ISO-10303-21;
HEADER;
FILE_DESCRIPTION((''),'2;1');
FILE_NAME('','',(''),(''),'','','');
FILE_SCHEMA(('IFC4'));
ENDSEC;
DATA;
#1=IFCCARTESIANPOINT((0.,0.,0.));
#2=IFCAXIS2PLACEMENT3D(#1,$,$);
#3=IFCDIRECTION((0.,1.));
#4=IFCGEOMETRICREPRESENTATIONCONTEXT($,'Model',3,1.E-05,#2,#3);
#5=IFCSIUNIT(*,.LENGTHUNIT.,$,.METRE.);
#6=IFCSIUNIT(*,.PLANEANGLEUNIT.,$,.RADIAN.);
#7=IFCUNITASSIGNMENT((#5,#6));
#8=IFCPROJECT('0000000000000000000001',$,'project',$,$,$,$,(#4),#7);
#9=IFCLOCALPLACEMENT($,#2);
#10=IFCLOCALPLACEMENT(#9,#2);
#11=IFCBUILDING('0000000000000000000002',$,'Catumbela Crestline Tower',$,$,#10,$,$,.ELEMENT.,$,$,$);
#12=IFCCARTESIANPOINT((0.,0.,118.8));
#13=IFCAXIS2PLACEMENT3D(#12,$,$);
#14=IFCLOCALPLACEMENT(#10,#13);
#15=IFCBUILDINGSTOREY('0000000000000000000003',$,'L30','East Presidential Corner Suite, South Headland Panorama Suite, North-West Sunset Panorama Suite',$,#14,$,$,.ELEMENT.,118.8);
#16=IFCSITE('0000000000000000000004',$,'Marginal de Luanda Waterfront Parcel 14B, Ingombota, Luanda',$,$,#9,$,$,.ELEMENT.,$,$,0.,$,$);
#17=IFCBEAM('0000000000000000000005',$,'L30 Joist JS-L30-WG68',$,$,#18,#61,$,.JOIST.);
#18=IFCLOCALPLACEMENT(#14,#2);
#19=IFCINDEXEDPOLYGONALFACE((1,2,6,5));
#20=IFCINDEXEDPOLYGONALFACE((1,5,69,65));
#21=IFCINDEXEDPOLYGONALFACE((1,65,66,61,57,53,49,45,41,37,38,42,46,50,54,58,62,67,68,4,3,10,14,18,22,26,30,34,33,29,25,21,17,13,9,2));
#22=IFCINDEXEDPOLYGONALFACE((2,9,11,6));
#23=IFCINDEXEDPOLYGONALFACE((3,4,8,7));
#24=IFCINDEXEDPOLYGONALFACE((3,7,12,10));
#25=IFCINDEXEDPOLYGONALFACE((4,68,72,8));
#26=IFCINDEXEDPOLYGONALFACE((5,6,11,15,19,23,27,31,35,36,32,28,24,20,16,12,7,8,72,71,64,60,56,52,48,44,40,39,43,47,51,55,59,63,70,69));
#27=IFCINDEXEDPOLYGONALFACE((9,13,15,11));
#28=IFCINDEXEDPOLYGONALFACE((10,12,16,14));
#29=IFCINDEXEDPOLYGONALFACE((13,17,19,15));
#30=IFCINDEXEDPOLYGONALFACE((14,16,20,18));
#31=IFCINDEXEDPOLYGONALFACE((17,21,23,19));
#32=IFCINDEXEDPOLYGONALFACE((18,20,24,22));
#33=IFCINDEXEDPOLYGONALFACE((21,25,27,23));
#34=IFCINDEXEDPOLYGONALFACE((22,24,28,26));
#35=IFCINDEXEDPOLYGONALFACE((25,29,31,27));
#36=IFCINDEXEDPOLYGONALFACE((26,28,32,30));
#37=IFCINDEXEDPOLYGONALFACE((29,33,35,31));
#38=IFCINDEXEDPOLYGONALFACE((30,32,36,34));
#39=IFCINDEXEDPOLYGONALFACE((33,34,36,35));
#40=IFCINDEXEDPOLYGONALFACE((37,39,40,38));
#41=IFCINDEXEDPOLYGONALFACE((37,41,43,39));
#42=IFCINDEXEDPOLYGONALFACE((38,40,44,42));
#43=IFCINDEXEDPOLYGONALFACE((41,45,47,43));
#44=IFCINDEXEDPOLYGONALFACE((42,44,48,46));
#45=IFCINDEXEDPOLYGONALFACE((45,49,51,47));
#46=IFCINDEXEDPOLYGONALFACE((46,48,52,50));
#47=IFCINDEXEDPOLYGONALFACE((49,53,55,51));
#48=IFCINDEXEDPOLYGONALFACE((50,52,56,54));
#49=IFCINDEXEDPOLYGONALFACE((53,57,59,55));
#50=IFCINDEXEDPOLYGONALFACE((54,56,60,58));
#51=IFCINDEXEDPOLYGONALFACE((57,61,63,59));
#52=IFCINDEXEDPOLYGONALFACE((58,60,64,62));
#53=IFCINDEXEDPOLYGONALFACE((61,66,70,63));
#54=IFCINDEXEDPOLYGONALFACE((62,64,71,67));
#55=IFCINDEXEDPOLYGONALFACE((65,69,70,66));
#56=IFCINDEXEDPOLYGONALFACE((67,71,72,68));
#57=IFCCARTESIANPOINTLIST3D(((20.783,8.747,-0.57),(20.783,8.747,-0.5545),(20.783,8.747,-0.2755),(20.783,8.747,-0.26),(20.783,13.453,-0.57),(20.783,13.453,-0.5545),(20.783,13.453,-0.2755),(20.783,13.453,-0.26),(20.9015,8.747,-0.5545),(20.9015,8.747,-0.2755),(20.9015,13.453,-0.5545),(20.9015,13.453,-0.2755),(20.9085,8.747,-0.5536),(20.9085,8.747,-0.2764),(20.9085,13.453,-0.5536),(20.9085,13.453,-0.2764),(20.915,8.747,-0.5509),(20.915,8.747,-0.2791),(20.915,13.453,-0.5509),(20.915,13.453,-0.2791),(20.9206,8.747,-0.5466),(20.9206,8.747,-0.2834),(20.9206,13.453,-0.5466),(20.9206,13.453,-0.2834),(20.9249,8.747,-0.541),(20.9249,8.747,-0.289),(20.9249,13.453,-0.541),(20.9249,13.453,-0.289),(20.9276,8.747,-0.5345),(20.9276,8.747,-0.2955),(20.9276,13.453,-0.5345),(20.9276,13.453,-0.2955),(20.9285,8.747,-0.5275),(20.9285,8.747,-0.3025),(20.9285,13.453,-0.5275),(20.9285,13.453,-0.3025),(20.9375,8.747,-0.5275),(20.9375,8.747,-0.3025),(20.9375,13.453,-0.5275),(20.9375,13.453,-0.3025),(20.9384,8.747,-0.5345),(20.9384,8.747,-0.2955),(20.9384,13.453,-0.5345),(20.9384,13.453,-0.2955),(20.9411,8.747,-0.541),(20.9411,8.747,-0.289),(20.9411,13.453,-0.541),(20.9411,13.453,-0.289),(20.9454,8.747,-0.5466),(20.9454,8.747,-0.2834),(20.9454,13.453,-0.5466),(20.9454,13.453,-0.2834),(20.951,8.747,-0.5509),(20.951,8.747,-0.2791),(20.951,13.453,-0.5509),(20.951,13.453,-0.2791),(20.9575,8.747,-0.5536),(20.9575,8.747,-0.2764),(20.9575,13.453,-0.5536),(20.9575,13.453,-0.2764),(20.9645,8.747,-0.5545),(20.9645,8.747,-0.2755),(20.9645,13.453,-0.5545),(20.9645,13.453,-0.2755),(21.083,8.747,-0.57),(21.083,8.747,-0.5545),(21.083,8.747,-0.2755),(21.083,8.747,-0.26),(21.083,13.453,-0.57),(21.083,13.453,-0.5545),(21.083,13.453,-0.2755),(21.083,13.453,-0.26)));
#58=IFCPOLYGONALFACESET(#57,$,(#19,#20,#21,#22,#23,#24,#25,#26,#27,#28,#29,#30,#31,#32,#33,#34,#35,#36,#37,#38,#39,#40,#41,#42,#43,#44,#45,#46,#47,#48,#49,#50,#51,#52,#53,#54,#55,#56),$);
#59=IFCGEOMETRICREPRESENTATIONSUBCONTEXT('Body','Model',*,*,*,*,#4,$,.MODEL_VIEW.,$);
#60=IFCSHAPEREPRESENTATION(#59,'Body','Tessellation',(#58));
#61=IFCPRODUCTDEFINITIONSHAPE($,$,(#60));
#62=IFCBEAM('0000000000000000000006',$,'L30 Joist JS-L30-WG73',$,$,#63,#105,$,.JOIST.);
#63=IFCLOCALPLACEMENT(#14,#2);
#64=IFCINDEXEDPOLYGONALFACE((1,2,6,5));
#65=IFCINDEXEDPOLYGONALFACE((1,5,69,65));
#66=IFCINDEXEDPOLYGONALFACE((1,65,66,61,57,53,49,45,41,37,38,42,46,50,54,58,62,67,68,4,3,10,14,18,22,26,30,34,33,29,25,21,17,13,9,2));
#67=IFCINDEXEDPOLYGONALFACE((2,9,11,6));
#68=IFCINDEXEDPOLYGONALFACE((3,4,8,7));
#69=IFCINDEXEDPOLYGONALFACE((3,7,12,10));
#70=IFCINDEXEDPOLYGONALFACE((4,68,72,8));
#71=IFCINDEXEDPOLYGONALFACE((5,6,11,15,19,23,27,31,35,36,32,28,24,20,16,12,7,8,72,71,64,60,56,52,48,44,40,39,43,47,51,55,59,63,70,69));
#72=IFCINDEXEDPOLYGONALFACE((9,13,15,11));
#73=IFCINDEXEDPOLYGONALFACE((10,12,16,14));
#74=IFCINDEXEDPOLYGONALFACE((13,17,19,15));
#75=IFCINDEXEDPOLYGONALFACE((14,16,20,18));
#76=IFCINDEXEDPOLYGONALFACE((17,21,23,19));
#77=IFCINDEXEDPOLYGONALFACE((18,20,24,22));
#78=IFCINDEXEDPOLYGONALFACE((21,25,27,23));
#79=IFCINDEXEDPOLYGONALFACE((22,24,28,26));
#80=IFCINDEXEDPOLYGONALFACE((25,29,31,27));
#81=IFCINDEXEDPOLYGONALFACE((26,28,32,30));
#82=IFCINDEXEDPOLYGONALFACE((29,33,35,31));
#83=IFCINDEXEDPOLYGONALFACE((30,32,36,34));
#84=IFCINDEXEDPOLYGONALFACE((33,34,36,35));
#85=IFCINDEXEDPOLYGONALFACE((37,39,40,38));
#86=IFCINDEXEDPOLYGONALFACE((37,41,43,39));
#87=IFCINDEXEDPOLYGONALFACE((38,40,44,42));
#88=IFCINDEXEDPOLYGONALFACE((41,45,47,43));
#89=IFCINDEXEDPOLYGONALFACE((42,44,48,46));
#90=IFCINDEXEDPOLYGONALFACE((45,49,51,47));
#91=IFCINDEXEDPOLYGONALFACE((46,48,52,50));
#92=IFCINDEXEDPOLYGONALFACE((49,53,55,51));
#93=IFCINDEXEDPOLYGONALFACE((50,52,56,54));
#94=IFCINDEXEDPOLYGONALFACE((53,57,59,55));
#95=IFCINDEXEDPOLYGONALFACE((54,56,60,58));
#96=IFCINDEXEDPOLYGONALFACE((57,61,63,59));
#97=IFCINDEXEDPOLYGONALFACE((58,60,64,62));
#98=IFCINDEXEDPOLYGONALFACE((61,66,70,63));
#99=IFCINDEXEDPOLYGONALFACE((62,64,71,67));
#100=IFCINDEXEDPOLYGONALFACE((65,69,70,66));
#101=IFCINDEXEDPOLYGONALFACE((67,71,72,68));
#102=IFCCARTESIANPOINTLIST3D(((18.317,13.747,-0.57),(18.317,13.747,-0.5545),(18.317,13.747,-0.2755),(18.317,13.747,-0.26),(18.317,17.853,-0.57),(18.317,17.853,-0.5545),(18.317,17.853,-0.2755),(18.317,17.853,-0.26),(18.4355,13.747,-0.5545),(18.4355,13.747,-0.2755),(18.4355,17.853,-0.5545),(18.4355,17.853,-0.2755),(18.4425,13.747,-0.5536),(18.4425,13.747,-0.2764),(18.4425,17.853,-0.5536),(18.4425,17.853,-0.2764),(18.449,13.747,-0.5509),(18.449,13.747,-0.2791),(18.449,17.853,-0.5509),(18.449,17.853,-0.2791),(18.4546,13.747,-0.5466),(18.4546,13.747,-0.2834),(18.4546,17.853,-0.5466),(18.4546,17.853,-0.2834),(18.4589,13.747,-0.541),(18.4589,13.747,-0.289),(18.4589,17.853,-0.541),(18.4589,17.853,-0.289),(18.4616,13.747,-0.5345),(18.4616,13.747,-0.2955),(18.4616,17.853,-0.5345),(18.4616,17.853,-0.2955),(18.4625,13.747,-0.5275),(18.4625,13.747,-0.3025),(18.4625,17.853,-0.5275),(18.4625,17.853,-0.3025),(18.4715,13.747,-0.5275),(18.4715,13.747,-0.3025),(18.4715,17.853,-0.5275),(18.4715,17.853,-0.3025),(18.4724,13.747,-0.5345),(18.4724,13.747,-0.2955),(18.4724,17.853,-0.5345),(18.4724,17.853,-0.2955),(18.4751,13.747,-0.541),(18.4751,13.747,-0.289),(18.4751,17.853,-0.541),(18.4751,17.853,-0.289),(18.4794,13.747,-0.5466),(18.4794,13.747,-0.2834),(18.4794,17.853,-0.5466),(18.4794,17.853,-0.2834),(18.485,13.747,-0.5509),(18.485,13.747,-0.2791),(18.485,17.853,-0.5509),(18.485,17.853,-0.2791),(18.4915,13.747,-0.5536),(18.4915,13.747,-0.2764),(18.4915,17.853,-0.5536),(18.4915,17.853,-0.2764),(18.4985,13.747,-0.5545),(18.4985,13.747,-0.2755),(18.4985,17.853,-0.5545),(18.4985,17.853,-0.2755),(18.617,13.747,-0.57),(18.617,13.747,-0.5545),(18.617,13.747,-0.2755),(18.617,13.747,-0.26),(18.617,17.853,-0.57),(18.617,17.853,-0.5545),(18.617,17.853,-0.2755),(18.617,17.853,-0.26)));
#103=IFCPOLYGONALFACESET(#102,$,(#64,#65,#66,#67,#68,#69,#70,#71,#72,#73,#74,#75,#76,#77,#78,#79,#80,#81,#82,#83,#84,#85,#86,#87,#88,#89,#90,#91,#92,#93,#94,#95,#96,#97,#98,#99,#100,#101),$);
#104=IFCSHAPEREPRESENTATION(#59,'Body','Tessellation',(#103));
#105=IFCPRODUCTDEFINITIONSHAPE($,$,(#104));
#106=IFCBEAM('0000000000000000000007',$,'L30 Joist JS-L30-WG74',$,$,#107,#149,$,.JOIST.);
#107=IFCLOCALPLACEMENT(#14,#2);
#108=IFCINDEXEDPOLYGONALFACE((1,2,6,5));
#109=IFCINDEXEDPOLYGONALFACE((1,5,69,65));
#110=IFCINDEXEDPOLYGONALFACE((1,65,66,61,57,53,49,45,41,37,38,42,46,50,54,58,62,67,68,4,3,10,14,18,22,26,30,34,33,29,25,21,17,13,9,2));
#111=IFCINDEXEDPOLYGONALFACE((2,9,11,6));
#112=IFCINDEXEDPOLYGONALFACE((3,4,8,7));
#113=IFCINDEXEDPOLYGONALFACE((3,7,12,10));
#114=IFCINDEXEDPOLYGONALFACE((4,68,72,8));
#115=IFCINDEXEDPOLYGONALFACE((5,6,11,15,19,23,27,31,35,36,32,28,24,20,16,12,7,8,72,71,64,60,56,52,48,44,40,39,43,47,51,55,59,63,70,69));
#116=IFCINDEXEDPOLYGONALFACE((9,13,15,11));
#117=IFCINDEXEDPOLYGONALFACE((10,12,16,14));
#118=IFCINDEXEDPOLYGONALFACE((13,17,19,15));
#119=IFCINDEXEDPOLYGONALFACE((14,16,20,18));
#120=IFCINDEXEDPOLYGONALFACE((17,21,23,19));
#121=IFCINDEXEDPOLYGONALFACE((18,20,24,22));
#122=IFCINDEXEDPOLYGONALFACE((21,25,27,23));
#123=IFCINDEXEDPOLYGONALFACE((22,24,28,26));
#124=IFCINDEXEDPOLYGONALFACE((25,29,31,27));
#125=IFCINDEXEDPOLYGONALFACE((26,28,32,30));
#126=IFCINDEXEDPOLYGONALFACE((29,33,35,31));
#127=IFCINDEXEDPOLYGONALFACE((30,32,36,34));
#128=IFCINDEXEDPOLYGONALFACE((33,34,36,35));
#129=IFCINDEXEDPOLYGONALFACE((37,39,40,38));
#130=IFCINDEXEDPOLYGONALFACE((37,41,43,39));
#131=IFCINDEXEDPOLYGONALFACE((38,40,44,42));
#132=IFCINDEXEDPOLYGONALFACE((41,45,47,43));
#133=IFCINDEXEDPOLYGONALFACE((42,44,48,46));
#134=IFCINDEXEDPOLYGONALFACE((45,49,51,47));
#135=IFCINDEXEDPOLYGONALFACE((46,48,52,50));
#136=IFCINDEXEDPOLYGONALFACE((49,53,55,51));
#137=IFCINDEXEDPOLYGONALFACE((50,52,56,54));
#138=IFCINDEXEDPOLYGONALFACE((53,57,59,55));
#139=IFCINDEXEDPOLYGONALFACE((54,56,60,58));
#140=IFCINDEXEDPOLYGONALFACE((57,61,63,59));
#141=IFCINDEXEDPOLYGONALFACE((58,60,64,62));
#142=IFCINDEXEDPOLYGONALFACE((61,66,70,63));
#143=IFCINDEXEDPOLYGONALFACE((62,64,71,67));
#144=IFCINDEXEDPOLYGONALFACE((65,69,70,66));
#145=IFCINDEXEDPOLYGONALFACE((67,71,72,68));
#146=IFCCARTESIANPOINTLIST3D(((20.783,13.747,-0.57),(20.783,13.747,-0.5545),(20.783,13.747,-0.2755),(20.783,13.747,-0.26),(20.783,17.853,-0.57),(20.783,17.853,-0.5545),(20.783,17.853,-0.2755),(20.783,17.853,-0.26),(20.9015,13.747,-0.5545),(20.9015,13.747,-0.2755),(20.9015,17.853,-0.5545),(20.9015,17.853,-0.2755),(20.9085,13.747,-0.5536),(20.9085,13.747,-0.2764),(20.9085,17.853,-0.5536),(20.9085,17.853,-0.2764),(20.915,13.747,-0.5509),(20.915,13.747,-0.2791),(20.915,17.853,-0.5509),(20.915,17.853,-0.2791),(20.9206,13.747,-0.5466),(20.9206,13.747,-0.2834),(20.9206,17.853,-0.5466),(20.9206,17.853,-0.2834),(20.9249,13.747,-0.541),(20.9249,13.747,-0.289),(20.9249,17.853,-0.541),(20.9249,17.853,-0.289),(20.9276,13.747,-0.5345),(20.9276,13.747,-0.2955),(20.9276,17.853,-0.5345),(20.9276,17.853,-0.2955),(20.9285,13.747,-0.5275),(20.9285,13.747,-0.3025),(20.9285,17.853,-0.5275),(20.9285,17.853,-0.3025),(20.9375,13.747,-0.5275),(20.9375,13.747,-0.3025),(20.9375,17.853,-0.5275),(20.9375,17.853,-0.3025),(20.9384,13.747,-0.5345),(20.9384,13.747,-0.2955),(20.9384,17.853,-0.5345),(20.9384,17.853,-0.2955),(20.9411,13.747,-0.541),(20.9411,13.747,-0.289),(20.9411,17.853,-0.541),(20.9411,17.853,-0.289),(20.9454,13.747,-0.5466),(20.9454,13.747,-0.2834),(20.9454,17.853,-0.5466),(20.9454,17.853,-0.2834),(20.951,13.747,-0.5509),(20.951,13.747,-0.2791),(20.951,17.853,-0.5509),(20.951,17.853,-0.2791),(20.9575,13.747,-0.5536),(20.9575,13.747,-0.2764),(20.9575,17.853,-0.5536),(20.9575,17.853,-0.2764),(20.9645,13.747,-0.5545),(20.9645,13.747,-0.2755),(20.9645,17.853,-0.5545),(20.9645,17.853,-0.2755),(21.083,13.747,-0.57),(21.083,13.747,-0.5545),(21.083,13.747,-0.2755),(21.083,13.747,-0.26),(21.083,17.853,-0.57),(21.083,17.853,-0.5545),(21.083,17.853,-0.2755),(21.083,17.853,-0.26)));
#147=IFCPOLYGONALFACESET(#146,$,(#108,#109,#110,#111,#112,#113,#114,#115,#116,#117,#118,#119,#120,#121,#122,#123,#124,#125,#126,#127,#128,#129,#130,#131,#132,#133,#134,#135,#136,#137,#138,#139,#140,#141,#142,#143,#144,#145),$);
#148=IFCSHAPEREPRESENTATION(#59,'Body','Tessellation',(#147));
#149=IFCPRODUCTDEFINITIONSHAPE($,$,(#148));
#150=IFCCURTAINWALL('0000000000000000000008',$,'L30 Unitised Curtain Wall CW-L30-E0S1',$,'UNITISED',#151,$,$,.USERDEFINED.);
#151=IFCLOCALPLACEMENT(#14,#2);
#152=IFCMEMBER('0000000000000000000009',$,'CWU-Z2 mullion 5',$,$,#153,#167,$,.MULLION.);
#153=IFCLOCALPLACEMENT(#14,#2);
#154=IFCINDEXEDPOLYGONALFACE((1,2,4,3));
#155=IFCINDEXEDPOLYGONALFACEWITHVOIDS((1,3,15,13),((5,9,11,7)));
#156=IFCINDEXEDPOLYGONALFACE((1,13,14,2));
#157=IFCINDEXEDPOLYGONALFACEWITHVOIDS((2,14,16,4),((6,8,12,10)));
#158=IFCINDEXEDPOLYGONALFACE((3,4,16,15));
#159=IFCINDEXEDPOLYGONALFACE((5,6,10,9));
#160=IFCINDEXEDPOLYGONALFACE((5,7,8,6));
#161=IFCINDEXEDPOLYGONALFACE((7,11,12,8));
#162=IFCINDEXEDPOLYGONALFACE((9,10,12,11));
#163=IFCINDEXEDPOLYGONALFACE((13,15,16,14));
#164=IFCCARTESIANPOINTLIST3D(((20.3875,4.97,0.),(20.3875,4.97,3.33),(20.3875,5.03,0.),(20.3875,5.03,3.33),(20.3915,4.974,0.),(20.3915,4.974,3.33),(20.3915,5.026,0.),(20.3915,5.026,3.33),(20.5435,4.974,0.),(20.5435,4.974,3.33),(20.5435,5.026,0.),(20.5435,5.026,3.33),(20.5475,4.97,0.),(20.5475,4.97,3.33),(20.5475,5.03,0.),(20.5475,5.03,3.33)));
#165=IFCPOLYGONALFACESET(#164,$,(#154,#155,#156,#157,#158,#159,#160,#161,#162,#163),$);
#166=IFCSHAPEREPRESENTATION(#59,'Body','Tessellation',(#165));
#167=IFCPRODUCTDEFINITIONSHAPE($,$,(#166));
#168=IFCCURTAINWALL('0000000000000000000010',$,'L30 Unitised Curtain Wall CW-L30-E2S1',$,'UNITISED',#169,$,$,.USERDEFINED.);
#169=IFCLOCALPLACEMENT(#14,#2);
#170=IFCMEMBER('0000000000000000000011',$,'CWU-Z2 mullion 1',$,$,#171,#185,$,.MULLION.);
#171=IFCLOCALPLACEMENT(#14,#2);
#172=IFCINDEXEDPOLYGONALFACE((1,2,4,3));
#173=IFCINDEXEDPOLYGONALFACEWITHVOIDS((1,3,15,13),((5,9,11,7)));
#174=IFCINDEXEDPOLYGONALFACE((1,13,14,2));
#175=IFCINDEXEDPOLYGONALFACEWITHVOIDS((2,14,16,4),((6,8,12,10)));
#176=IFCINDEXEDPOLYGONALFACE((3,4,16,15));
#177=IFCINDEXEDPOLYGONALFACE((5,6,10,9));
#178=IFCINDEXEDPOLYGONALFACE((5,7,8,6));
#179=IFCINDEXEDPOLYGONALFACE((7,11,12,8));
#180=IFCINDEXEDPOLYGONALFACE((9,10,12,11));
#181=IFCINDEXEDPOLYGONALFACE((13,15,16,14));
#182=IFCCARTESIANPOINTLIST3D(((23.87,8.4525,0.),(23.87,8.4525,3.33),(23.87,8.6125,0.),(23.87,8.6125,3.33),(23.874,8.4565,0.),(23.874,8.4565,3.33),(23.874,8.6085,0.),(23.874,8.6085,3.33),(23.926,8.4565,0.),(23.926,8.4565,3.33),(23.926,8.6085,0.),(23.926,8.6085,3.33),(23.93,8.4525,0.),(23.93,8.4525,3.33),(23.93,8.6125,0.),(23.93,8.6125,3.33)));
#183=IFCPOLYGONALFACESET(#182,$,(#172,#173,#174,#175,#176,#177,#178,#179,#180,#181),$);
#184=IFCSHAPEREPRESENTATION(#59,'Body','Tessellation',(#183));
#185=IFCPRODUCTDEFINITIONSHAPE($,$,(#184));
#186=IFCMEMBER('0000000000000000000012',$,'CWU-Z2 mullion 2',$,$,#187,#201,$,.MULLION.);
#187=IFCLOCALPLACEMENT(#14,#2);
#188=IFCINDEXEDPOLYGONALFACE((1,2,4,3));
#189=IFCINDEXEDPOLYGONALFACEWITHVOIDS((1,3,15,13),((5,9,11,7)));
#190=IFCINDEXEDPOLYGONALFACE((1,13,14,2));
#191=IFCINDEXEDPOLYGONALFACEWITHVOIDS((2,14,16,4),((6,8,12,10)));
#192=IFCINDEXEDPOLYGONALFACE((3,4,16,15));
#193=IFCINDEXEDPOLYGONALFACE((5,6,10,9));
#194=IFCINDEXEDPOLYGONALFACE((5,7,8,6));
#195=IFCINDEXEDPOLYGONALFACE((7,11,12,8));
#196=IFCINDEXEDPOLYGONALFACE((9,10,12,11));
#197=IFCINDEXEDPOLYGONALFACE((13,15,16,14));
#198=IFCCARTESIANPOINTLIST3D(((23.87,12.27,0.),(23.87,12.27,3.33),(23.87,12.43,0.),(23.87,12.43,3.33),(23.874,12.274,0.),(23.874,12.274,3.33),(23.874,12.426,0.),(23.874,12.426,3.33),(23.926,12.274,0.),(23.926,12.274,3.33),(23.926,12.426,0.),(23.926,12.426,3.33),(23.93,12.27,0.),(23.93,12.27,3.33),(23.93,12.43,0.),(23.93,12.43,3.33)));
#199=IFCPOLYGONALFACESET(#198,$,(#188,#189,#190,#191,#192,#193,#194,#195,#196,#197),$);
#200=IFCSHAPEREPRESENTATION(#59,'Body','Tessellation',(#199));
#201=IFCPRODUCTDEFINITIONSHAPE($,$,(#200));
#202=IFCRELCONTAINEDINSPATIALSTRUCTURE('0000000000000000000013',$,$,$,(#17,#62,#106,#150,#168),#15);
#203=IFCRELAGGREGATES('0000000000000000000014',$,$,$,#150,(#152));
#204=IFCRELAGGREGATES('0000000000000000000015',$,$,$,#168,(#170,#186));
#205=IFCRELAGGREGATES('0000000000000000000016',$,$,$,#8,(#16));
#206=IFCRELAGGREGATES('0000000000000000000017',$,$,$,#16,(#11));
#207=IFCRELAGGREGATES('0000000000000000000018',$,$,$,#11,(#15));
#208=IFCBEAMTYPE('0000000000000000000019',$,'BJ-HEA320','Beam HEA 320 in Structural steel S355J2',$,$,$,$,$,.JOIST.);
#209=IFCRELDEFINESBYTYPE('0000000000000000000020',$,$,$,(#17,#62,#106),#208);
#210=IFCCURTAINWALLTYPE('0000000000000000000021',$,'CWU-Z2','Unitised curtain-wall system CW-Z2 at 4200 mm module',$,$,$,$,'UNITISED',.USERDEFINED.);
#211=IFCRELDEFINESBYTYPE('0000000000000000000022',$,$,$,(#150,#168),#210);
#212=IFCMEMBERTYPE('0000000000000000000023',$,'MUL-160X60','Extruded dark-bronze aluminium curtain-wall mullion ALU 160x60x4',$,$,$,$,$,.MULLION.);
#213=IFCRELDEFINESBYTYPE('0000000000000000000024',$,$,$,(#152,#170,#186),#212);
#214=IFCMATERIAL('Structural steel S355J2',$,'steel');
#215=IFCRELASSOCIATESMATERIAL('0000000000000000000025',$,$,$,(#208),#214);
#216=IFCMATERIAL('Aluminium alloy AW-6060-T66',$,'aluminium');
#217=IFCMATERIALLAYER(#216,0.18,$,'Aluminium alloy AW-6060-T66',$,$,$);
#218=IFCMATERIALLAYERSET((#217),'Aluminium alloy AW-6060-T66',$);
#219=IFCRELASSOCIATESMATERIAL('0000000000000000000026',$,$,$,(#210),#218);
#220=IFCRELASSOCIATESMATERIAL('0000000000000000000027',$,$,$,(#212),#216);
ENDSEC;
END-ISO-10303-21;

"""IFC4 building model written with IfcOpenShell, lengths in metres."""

from ifc_helpers import new_model, si_unit, direction, frame, origin, origin_2d, place, context, subcontext, project, spatial, hollow_rectangle, i_section, extrude, material, layer, layer_set, material_profile, profile_set, type_object, element, aggregate, save


model = new_model("IFC4")

# Units and contexts
model_context = context("Model", 3, precision=1e-05, world=origin(), true_north=direction((0.0, 1.0)))
body_context = subcontext(model_context, "Body", "Model", "MODEL_VIEW")
ifc_project = project(units=[si_unit("LENGTHUNIT", "METRE"), si_unit("PLANEANGLEUNIT", "RADIAN")], contexts=[model_context])

# Site, building, storey
site_placement = place(None, origin())
site = spatial("IfcSite", under=ifc_project, at=site_placement, Name="Marginal de Luanda Waterfront Parcel 14B, Ingombota, Luanda", CompositionType="ELEMENT", RefElevation=0.0)
building_placement = place(site_placement, origin())
building = spatial("IfcBuilding", under=site, at=building_placement, Name="Catumbela Crestline Tower", CompositionType="ELEMENT")
storey_placement = place(building_placement, frame((0.0, 0.0, 118.8)))
storey = spatial("IfcBuildingStorey", under=building, at=storey_placement, Name="L30", Description="East Presidential Corner Suite, South Headland Panorama Suite, North-West Sunset Panorama Suite", CompositionType="ELEMENT", Elevation=118.8)

# Beams
ifc_material_1 = material(Name="Structural steel S355J2", Category="steel")
ifc_material_profile_1 = material_profile(ifc_material_1, i_section(OverallWidth=0.3, OverallDepth=0.31, WebThickness=0.009, FlangeThickness=0.0155, FilletRadius=0.027, at=origin_2d()), Name="HEA 320")
ifc_profile_set_1 = profile_set([ifc_material_profile_1], Name="Structural steel S355J2")
beam_type_1 = type_object("IfcBeamType", Name="BJ-HEA320", Description="Beam HEA 320 in Structural steel S355J2", PredefinedType="JOIST", material=ifc_profile_set_1)
for number, where, z_axis, x_axis, name in (
    (1, (20.933, 8.747, -0.415), (0.0, 1.0, 0.0), (-1.0, 0.0, 0.0), "L30 Joist JS-L30-WG68"),
):
    element("IfcBeam", number, at=place(storey_placement, frame(where, z_axis=z_axis, x_axis=x_axis)), inside=storey, type_object=beam_type_1, Name=name, PredefinedType="JOIST", context=body_context, shape_type="SweptSolid", body=[
        extrude(i_section(OverallWidth=0.3, OverallDepth=0.31, WebThickness=0.009, FlangeThickness=0.0155, FilletRadius=0.027, at=origin_2d()), origin(), (0.0, 0.0, 1.0), 4.706),
    ])
for number, where, z_axis, x_axis, name in (
    (2, (18.467, 13.747, -0.415), (0.0, 1.0, 0.0), (-1.0, 0.0, 0.0), "L30 Joist JS-L30-WG73"),
    (3, (20.933, 13.747, -0.415), (0.0, 1.0, 0.0), (-1.0, 0.0, 0.0), "L30 Joist JS-L30-WG74"),
):
    element("IfcBeam", number, at=place(storey_placement, frame(where, z_axis=z_axis, x_axis=x_axis)), inside=storey, type_object=beam_type_1, Name=name, PredefinedType="JOIST", context=body_context, shape_type="SweptSolid", body=[
        extrude(i_section(OverallWidth=0.3, OverallDepth=0.31, WebThickness=0.009, FlangeThickness=0.0155, FilletRadius=0.027, at=origin_2d()), origin(), (0.0, 0.0, 1.0), 4.106),
    ])

# Curtain wall, member
ifc_material_2 = material(Name="Aluminium alloy AW-6060-T66", Category="aluminium")
ifc_layer_1 = layer(ifc_material_2, 0.18, Name="Aluminium alloy AW-6060-T66")
ifc_layer_set_1 = layer_set([ifc_layer_1], Name="Aluminium alloy AW-6060-T66")
curtain_wall_type = type_object("IfcCurtainWallType", Name="CWU-Z2", Description="Unitised curtain-wall system CW-Z2 at 4200 mm module", ElementType="UNITISED", PredefinedType="USERDEFINED", material=ifc_layer_set_1)
curtain_wall_1_placement = place(storey_placement, origin())
curtain_wall_1 = element("IfcCurtainWall", 4, at=curtain_wall_1_placement, inside=storey, type_object=curtain_wall_type, Name="L30 Unitised Curtain Wall CW-L30-E0S1", ObjectType="UNITISED", PredefinedType="USERDEFINED")
ifc_material_profile_2 = material_profile(ifc_material_2, hollow_rectangle(XDim=0.06, YDim=0.16, WallThickness=0.004, at=origin_2d()), Name="ALU 160x60x4")
ifc_profile_set_2 = profile_set([ifc_material_profile_2], Name="Aluminium alloy AW-6060-T66")
member_type_1 = type_object("IfcMemberType", Name="MUL-160X60", Description="Extruded dark-bronze aluminium curtain-wall mullion ALU 160x60x4", PredefinedType="MULLION", material=ifc_profile_set_2)
member_1_placement = place(storey_placement, frame((20.4675, 5.0, 0.0), z_axis=(0.0, 0.0, 1.0), x_axis=(0.0, 1.0, 0.0)))
member_1 = element("IfcMember", 5, at=member_1_placement, type_object=member_type_1, Name="CWU-Z2 mullion 5", PredefinedType="MULLION", context=body_context, shape_type="SweptSolid", body=[
    extrude(hollow_rectangle(XDim=0.06, YDim=0.16, WallThickness=0.004, at=origin_2d()), origin(), (0.0, 0.0, 1.0), 3.33),
])

# Curtain wall, members
curtain_wall_2_placement = place(storey_placement, origin())
curtain_wall_2 = element("IfcCurtainWall", 6, at=curtain_wall_2_placement, inside=storey, type_object=curtain_wall_type, Name="L30 Unitised Curtain Wall CW-L30-E2S1", ObjectType="UNITISED", PredefinedType="USERDEFINED")
member_2_placement = place(storey_placement, frame((23.9, 8.5325, 0.0), z_axis=(0.0, 0.0, 1.0), x_axis=(-1.0, 0.0, 0.0)))
member_2 = element("IfcMember", 7, at=member_2_placement, type_object=member_type_1, Name="CWU-Z2 mullion 1", PredefinedType="MULLION", context=body_context, shape_type="SweptSolid", body=[
    extrude(hollow_rectangle(XDim=0.06, YDim=0.16, WallThickness=0.004, at=origin_2d()), origin(), (0.0, 0.0, 1.0), 3.33),
])
member_3_placement = place(storey_placement, frame((23.9, 12.35, 0.0), z_axis=(0.0, 0.0, 1.0), x_axis=(-1.0, 0.0, 0.0)))
member_3 = element("IfcMember", 8, at=member_3_placement, type_object=member_type_1, Name="CWU-Z2 mullion 2", PredefinedType="MULLION", context=body_context, shape_type="SweptSolid", body=[
    extrude(hollow_rectangle(XDim=0.06, YDim=0.16, WallThickness=0.004, at=origin_2d()), origin(), (0.0, 0.0, 1.0), 3.33),
])

aggregate(curtain_wall_1, [member_1])
aggregate(curtain_wall_2, [member_2, member_3])

save(model, "model.ifc")
